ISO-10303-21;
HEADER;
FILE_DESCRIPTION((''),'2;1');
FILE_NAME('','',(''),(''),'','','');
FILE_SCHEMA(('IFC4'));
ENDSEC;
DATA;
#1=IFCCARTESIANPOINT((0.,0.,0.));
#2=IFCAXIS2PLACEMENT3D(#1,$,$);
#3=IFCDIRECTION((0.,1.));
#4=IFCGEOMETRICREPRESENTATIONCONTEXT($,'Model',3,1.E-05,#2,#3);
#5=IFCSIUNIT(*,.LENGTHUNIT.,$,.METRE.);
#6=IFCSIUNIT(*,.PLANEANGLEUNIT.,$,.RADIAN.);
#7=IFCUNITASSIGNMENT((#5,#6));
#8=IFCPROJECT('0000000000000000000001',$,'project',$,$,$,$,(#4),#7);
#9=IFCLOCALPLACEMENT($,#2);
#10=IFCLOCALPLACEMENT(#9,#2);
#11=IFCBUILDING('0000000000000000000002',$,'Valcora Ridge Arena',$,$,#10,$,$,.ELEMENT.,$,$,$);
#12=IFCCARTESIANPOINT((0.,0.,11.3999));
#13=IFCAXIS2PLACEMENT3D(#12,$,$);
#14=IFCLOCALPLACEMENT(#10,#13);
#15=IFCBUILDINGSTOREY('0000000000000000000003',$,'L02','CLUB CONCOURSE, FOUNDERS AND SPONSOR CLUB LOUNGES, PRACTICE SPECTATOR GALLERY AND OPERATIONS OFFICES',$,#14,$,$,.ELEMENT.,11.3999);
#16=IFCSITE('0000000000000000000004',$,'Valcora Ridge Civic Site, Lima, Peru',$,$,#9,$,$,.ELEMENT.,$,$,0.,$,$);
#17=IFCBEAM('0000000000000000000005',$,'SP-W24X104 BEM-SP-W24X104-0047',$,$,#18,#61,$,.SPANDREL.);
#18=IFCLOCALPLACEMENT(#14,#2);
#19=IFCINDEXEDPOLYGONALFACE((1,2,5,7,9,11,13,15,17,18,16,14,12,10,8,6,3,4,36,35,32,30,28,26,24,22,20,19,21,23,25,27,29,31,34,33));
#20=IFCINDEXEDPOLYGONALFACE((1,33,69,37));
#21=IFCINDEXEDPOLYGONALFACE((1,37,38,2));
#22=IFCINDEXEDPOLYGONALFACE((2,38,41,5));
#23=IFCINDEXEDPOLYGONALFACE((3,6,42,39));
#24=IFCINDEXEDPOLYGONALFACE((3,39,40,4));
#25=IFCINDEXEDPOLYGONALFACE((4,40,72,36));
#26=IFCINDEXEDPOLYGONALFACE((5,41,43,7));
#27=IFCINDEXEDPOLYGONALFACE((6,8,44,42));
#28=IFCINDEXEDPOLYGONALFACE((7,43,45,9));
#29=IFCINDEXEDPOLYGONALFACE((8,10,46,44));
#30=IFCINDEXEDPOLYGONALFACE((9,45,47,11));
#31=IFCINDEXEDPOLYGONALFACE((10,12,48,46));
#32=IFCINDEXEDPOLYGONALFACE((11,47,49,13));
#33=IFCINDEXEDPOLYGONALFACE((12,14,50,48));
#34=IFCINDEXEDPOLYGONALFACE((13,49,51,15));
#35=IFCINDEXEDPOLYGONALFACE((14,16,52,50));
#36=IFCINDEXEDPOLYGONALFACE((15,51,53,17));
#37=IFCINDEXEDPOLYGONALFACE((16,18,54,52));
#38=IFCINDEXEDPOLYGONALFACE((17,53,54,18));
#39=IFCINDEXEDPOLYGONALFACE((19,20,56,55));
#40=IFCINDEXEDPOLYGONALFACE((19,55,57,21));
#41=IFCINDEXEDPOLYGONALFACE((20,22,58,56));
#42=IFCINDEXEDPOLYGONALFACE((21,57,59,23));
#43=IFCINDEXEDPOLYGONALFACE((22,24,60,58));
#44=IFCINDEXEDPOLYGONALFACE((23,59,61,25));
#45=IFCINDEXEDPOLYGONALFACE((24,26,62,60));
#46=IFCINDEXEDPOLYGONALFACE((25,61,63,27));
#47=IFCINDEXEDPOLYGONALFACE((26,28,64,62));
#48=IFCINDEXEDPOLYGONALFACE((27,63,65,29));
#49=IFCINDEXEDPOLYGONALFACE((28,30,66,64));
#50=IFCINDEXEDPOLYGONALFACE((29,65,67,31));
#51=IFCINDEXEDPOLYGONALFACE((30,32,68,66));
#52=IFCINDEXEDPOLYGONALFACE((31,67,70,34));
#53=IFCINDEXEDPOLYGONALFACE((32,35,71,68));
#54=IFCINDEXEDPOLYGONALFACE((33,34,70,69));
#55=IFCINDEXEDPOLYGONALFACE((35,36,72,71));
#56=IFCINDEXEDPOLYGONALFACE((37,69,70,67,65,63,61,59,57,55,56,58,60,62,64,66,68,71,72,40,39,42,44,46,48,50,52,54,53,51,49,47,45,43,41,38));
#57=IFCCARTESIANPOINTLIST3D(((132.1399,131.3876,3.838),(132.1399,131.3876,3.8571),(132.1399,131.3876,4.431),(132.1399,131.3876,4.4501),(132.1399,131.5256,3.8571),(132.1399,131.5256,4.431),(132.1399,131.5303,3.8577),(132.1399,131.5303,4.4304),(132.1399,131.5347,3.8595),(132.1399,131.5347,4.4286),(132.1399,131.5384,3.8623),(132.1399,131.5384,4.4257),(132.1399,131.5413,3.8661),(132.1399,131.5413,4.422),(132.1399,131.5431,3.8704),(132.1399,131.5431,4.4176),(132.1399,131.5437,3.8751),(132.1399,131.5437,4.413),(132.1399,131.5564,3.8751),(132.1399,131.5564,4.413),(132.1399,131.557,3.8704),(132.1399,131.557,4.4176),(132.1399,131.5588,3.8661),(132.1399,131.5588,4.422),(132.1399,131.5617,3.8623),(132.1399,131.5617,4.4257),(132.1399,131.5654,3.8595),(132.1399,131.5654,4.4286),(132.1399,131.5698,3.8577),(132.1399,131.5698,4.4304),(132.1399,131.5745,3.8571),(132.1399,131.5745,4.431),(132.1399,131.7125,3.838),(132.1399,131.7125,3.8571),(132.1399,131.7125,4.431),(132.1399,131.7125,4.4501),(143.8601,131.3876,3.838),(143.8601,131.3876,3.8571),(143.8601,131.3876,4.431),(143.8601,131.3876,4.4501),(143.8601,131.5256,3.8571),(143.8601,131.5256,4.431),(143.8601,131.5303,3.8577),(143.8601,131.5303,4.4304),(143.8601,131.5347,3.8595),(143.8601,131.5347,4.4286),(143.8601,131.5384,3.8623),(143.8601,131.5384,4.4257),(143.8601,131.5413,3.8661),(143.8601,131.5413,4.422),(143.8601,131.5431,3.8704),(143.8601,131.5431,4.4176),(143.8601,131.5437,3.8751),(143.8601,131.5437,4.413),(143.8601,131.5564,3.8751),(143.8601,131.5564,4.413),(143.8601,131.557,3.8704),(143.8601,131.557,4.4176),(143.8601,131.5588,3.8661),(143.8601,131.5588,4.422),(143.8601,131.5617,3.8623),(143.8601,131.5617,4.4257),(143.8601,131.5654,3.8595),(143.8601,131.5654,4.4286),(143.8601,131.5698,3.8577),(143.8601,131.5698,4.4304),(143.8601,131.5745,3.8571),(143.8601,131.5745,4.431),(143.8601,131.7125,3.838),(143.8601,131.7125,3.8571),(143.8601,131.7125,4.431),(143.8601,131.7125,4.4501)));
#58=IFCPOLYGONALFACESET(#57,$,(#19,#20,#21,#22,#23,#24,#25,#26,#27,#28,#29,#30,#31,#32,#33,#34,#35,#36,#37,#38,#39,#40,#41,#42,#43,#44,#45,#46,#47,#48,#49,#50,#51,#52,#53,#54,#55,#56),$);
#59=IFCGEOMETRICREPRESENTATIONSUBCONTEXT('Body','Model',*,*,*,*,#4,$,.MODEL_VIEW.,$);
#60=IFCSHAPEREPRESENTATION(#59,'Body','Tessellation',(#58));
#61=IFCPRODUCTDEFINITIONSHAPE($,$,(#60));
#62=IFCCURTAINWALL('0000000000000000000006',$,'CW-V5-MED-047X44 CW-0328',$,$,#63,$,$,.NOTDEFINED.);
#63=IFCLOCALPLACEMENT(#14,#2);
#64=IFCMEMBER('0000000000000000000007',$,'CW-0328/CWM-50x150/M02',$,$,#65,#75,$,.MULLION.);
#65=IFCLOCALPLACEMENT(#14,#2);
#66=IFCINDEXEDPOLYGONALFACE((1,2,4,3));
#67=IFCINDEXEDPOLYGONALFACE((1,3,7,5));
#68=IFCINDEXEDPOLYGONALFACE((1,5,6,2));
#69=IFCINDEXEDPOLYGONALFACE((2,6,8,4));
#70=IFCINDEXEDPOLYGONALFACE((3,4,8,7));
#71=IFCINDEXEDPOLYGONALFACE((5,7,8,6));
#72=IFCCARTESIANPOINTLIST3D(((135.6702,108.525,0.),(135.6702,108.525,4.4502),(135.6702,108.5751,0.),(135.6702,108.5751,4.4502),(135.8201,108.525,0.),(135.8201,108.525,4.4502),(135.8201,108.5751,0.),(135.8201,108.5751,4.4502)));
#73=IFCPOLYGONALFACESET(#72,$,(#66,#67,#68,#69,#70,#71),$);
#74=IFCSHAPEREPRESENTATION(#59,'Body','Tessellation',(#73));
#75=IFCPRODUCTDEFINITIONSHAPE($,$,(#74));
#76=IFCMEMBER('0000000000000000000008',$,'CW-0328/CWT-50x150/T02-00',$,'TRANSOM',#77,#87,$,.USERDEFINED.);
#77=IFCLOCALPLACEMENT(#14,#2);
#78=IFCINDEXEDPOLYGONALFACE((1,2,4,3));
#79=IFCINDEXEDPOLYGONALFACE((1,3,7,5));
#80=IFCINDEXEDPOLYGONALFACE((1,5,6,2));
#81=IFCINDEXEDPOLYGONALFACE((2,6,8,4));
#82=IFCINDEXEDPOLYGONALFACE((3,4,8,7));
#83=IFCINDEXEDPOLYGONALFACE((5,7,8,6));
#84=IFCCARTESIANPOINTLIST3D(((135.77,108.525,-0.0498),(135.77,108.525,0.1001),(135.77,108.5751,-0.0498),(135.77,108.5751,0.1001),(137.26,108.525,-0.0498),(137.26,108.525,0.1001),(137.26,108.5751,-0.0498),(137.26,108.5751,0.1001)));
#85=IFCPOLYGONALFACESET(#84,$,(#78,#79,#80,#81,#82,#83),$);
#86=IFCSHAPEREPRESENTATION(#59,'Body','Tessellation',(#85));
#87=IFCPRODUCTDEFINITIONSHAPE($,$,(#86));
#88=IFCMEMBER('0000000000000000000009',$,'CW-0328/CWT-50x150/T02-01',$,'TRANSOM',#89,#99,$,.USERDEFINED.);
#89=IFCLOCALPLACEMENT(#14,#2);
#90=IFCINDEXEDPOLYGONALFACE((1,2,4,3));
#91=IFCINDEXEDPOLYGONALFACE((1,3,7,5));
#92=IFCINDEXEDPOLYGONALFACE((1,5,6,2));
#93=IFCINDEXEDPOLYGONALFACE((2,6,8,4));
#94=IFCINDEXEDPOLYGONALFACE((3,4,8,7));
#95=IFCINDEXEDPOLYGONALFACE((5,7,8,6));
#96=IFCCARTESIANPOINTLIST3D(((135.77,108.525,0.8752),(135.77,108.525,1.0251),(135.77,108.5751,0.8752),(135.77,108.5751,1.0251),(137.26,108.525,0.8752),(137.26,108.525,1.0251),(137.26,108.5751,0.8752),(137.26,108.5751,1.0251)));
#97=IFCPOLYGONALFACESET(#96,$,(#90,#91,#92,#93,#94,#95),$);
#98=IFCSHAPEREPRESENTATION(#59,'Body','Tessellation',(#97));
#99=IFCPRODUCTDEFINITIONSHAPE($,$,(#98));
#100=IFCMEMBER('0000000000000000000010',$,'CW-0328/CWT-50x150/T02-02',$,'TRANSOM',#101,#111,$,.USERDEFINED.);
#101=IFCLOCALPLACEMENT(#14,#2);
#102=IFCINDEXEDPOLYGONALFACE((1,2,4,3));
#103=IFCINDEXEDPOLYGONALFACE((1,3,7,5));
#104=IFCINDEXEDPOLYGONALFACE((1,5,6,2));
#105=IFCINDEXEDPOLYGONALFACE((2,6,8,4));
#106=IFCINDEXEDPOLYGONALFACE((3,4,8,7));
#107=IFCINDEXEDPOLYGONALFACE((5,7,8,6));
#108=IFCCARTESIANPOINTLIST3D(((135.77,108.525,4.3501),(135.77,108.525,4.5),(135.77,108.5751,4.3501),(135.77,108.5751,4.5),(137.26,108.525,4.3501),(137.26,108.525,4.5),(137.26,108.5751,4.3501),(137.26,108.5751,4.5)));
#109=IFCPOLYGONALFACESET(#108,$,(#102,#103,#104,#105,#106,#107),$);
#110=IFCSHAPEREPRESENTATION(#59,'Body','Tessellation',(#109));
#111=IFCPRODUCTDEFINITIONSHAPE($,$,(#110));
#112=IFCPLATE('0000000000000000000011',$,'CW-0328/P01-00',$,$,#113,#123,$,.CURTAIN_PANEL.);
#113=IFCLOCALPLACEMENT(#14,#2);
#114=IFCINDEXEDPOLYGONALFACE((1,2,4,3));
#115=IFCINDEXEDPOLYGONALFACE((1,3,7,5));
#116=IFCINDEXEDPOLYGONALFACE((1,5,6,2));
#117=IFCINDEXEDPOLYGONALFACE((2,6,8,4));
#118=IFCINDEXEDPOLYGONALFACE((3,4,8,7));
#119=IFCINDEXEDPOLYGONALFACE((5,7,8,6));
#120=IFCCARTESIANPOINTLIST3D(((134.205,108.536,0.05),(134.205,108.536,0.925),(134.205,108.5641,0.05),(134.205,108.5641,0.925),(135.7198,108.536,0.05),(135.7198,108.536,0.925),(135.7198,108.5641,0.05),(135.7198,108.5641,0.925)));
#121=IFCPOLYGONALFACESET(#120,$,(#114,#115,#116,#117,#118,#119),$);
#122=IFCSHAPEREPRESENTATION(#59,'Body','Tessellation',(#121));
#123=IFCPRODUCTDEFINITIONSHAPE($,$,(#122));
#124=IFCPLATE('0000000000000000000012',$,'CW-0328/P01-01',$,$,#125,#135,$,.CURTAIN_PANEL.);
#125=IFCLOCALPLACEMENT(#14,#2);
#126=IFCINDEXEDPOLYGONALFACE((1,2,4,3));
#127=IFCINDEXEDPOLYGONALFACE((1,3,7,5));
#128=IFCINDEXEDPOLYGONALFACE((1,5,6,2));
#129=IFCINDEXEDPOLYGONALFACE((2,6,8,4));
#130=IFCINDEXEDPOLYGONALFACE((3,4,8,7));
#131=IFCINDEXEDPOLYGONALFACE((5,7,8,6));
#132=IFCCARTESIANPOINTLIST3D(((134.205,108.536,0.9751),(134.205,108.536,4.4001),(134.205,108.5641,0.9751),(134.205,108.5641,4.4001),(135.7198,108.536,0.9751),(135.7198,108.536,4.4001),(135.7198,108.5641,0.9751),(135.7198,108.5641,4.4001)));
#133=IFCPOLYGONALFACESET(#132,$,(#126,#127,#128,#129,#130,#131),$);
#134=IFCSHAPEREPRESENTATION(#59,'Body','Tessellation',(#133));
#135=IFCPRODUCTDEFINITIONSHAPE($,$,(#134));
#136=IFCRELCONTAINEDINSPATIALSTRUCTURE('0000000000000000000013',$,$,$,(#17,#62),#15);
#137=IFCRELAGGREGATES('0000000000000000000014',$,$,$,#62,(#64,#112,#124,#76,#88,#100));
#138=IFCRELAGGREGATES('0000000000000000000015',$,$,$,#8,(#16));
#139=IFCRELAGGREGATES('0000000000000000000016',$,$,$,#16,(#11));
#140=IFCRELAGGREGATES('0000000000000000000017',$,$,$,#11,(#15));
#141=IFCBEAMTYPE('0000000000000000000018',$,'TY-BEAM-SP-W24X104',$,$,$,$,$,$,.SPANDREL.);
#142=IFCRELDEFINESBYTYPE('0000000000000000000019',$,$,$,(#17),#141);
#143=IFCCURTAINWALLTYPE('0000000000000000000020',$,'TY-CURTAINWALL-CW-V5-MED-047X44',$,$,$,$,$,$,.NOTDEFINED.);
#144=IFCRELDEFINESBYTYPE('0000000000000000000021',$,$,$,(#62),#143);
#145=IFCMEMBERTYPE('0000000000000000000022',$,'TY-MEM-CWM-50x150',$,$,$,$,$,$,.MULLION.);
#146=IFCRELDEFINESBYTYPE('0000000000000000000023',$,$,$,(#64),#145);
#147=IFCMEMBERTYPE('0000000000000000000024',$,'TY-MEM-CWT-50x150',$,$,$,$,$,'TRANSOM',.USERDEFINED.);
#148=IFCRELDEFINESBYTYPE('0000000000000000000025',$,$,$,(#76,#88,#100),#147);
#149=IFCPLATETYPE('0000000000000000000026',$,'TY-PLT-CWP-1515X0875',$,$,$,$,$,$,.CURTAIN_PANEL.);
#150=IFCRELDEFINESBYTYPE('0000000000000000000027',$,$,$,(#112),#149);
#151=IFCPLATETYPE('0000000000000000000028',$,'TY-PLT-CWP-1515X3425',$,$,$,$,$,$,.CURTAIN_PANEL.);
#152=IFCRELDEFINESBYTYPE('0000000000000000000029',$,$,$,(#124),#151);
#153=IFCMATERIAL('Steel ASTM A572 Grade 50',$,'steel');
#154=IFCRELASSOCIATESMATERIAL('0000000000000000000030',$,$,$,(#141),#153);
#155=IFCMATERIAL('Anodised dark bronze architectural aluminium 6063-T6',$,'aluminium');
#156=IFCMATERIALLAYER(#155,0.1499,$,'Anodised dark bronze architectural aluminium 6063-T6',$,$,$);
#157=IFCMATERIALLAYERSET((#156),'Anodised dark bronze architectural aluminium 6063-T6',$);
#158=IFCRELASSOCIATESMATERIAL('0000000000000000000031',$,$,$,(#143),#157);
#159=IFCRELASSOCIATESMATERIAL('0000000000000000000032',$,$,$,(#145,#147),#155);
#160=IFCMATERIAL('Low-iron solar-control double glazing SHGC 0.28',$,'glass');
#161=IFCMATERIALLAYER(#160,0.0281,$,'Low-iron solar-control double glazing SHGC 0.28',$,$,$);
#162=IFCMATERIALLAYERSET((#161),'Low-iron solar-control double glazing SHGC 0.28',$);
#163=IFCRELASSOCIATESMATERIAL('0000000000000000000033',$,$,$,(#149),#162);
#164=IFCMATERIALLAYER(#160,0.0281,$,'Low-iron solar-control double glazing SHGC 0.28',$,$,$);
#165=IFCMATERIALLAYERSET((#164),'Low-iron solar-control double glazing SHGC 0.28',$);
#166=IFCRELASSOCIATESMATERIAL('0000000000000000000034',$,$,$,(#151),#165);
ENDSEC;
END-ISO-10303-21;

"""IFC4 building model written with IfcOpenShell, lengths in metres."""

from ifc_helpers import new_model, si_unit, direction, frame, origin, origin_2d, place, context, subcontext, project, spatial, rectangle, i_section, extrude, material, layer, layer_set, material_profile, profile_set, type_object, element, aggregate, save


model = new_model("IFC4")

# Units and contexts
model_context = context("Model", 3, precision=1e-05, world=origin(), true_north=direction((0.0, 1.0)))
body_context = subcontext(model_context, "Body", "Model", "MODEL_VIEW")
ifc_project = project(units=[si_unit("LENGTHUNIT", "METRE"), si_unit("PLANEANGLEUNIT", "RADIAN")], contexts=[model_context])

# Site, building, storey
site_placement = place(None, origin())
site = spatial("IfcSite", under=ifc_project, at=site_placement, Name="Valcora Ridge Civic Site, Lima, Peru", CompositionType="ELEMENT", RefElevation=0.0)
building_placement = place(site_placement, origin())
building = spatial("IfcBuilding", under=site, at=building_placement, Name="Valcora Ridge Arena", CompositionType="ELEMENT")
storey_placement = place(building_placement, frame((0.0, 0.0, 11.3999)))
storey = spatial("IfcBuildingStorey", under=building, at=storey_placement, Name="L02", Description="CLUB CONCOURSE, FOUNDERS AND SPONSOR CLUB LOUNGES, PRACTICE SPECTATOR GALLERY AND OPERATIONS OFFICES", CompositionType="ELEMENT", Elevation=11.3999)

# Beam
ifc_material_1 = material(Name="Steel ASTM A572 Grade 50", Category="steel")
ifc_material_profile_1 = material_profile(ifc_material_1, i_section(OverallWidth=0.325, OverallDepth=0.6121, WebThickness=0.0127, FlangeThickness=0.019, FilletRadius=0.0181, at=origin_2d()), Name="W24X104")
ifc_profile_set_1 = profile_set([ifc_material_profile_1], Name="Steel ASTM A572 Grade 50")
beam_type_1 = type_object("IfcBeamType", Name="TY-BEAM-SP-W24X104", PredefinedType="SPANDREL", material=ifc_profile_set_1)
for number, where, z_axis, x_axis, name in (
    (1, (132.1399, 131.55, 4.144), (1.0, 0.0, 0.0), (0.0, 1.0, 0.0), "SP-W24X104 BEM-SP-W24X104-0047"),
):
    element("IfcBeam", number, at=place(storey_placement, frame(where, z_axis=z_axis, x_axis=x_axis)), inside=storey, type_object=beam_type_1, Name=name, PredefinedType="SPANDREL", context=body_context, shape_type="SweptSolid", body=[
        extrude(i_section(OverallWidth=0.325, OverallDepth=0.6121, WebThickness=0.0127, FlangeThickness=0.019, FilletRadius=0.0181, at=origin_2d()), origin(), (0.0, 0.0, 1.0), 11.7202),
    ])

# Curtain wall, members, plates
ifc_material_2 = material(Name="Anodised dark bronze architectural aluminium 6063-T6", Category="aluminium")
ifc_layer_1 = layer(ifc_material_2, 0.1499, Name="Anodised dark bronze architectural aluminium 6063-T6")
ifc_layer_set_1 = layer_set([ifc_layer_1], Name="Anodised dark bronze architectural aluminium 6063-T6")
curtain_wall_type = type_object("IfcCurtainWallType", Name="TY-CURTAINWALL-CW-V5-MED-047X44", PredefinedType="NOTDEFINED", material=ifc_layer_set_1)
curtain_wall_placement = place(storey_placement, origin())
curtain_wall = element("IfcCurtainWall", 2, at=curtain_wall_placement, inside=storey, type_object=curtain_wall_type, Name="CW-V5-MED-047X44 CW-0328", PredefinedType="NOTDEFINED")
ifc_material_profile_2 = material_profile(ifc_material_2, rectangle(XDim=0.05, YDim=0.1499, at=origin_2d()), Name="ALU MULLION 50x150")
ifc_profile_set_2 = profile_set([ifc_material_profile_2], Name="Anodised dark bronze architectural aluminium 6063-T6")
member_type_1 = type_object("IfcMemberType", Name="TY-MEM-CWM-50x150", PredefinedType="MULLION", material=ifc_profile_set_2)
member_1_placement = place(storey_placement, frame((135.7451, 108.55, 0.0), z_axis=(0.0, 0.0, 1.0), x_axis=(0.0, 1.0, 0.0)))
member_1 = element("IfcMember", 3, at=member_1_placement, type_object=member_type_1, Name="CW-0328/CWM-50x150/M02", PredefinedType="MULLION", context=body_context, shape_type="SweptSolid", body=[
    extrude(rectangle(XDim=0.05, YDim=0.1499, at=origin_2d()), origin(), (0.0, 0.0, 1.0), 4.4502),
])
ifc_material_profile_3 = material_profile(ifc_material_2, rectangle(XDim=0.05, YDim=0.1499, at=origin_2d()), Name="ALU TRANSOM 50x150")
ifc_profile_set_3 = profile_set([ifc_material_profile_3], Name="Anodised dark bronze architectural aluminium 6063-T6")
member_type_2 = type_object("IfcMemberType", Name="TY-MEM-CWT-50x150", ElementType="TRANSOM", PredefinedType="USERDEFINED", material=ifc_profile_set_3)
member_2_placement = place(storey_placement, frame((135.77, 108.55, 0.0251), z_axis=(1.0, 0.0, 0.0), x_axis=(0.0, 1.0, 0.0)))
member_2 = element("IfcMember", 4, at=member_2_placement, type_object=member_type_2, Name="CW-0328/CWT-50x150/T02-00", ObjectType="TRANSOM", PredefinedType="USERDEFINED", context=body_context, shape_type="SweptSolid", body=[
    extrude(rectangle(XDim=0.05, YDim=0.1499, at=origin_2d()), origin(), (0.0, 0.0, 1.0), 1.49),
])
member_3_placement = place(storey_placement, frame((135.77, 108.55, 0.9502), z_axis=(1.0, 0.0, 0.0), x_axis=(0.0, 1.0, 0.0)))
member_3 = element("IfcMember", 5, at=member_3_placement, type_object=member_type_2, Name="CW-0328/CWT-50x150/T02-01", ObjectType="TRANSOM", PredefinedType="USERDEFINED", context=body_context, shape_type="SweptSolid", body=[
    extrude(rectangle(XDim=0.05, YDim=0.1499, at=origin_2d()), origin(), (0.0, 0.0, 1.0), 1.49),
])
member_4_placement = place(storey_placement, frame((135.77, 108.55, 4.425), z_axis=(1.0, 0.0, 0.0), x_axis=(0.0, 1.0, 0.0)))
member_4 = element("IfcMember", 6, at=member_4_placement, type_object=member_type_2, Name="CW-0328/CWT-50x150/T02-02", ObjectType="TRANSOM", PredefinedType="USERDEFINED", context=body_context, shape_type="SweptSolid", body=[
    extrude(rectangle(XDim=0.05, YDim=0.1499, at=origin_2d()), origin(), (0.0, 0.0, 1.0), 1.49),
])
ifc_material_3 = material(Name="Low-iron solar-control double glazing SHGC 0.28", Category="glass")
ifc_layer_2 = layer(ifc_material_3, 0.0281, Name="Low-iron solar-control double glazing SHGC 0.28")
ifc_layer_set_2 = layer_set([ifc_layer_2], Name="Low-iron solar-control double glazing SHGC 0.28")
plate_type_1 = type_object("IfcPlateType", Name="TY-PLT-CWP-1515X0875", PredefinedType="CURTAIN_PANEL", material=ifc_layer_set_2)
plate_1_placement = place(storey_placement, frame((134.9624, 108.55, 0.05), z_axis=(0.0, 0.0, 1.0), x_axis=(1.0, 0.0, 0.0)))
plate_1 = element("IfcPlate", 7, at=plate_1_placement, type_object=plate_type_1, Name="CW-0328/P01-00", PredefinedType="CURTAIN_PANEL", context=body_context, shape_type="SweptSolid", body=[
    extrude(rectangle(XDim=1.5149, YDim=0.0281, at=origin_2d()), origin(), (0.0, 0.0, 1.0), 0.875),
])
ifc_layer_3 = layer(ifc_material_3, 0.0281, Name="Low-iron solar-control double glazing SHGC 0.28")
ifc_layer_set_3 = layer_set([ifc_layer_3], Name="Low-iron solar-control double glazing SHGC 0.28")
plate_type_2 = type_object("IfcPlateType", Name="TY-PLT-CWP-1515X3425", PredefinedType="CURTAIN_PANEL", material=ifc_layer_set_3)
plate_2_placement = place(storey_placement, frame((134.9624, 108.55, 0.9751), z_axis=(0.0, 0.0, 1.0), x_axis=(1.0, 0.0, 0.0)))
plate_2 = element("IfcPlate", 8, at=plate_2_placement, type_object=plate_type_2, Name="CW-0328/P01-01", PredefinedType="CURTAIN_PANEL", context=body_context, shape_type="SweptSolid", body=[
    extrude(rectangle(XDim=1.5149, YDim=0.0281, at=origin_2d()), origin(), (0.0, 0.0, 1.0), 3.425),
])
aggregate(curtain_wall, [member_1, plate_1, plate_2, member_2, member_3, member_4])

save(model, "model.ifc")
